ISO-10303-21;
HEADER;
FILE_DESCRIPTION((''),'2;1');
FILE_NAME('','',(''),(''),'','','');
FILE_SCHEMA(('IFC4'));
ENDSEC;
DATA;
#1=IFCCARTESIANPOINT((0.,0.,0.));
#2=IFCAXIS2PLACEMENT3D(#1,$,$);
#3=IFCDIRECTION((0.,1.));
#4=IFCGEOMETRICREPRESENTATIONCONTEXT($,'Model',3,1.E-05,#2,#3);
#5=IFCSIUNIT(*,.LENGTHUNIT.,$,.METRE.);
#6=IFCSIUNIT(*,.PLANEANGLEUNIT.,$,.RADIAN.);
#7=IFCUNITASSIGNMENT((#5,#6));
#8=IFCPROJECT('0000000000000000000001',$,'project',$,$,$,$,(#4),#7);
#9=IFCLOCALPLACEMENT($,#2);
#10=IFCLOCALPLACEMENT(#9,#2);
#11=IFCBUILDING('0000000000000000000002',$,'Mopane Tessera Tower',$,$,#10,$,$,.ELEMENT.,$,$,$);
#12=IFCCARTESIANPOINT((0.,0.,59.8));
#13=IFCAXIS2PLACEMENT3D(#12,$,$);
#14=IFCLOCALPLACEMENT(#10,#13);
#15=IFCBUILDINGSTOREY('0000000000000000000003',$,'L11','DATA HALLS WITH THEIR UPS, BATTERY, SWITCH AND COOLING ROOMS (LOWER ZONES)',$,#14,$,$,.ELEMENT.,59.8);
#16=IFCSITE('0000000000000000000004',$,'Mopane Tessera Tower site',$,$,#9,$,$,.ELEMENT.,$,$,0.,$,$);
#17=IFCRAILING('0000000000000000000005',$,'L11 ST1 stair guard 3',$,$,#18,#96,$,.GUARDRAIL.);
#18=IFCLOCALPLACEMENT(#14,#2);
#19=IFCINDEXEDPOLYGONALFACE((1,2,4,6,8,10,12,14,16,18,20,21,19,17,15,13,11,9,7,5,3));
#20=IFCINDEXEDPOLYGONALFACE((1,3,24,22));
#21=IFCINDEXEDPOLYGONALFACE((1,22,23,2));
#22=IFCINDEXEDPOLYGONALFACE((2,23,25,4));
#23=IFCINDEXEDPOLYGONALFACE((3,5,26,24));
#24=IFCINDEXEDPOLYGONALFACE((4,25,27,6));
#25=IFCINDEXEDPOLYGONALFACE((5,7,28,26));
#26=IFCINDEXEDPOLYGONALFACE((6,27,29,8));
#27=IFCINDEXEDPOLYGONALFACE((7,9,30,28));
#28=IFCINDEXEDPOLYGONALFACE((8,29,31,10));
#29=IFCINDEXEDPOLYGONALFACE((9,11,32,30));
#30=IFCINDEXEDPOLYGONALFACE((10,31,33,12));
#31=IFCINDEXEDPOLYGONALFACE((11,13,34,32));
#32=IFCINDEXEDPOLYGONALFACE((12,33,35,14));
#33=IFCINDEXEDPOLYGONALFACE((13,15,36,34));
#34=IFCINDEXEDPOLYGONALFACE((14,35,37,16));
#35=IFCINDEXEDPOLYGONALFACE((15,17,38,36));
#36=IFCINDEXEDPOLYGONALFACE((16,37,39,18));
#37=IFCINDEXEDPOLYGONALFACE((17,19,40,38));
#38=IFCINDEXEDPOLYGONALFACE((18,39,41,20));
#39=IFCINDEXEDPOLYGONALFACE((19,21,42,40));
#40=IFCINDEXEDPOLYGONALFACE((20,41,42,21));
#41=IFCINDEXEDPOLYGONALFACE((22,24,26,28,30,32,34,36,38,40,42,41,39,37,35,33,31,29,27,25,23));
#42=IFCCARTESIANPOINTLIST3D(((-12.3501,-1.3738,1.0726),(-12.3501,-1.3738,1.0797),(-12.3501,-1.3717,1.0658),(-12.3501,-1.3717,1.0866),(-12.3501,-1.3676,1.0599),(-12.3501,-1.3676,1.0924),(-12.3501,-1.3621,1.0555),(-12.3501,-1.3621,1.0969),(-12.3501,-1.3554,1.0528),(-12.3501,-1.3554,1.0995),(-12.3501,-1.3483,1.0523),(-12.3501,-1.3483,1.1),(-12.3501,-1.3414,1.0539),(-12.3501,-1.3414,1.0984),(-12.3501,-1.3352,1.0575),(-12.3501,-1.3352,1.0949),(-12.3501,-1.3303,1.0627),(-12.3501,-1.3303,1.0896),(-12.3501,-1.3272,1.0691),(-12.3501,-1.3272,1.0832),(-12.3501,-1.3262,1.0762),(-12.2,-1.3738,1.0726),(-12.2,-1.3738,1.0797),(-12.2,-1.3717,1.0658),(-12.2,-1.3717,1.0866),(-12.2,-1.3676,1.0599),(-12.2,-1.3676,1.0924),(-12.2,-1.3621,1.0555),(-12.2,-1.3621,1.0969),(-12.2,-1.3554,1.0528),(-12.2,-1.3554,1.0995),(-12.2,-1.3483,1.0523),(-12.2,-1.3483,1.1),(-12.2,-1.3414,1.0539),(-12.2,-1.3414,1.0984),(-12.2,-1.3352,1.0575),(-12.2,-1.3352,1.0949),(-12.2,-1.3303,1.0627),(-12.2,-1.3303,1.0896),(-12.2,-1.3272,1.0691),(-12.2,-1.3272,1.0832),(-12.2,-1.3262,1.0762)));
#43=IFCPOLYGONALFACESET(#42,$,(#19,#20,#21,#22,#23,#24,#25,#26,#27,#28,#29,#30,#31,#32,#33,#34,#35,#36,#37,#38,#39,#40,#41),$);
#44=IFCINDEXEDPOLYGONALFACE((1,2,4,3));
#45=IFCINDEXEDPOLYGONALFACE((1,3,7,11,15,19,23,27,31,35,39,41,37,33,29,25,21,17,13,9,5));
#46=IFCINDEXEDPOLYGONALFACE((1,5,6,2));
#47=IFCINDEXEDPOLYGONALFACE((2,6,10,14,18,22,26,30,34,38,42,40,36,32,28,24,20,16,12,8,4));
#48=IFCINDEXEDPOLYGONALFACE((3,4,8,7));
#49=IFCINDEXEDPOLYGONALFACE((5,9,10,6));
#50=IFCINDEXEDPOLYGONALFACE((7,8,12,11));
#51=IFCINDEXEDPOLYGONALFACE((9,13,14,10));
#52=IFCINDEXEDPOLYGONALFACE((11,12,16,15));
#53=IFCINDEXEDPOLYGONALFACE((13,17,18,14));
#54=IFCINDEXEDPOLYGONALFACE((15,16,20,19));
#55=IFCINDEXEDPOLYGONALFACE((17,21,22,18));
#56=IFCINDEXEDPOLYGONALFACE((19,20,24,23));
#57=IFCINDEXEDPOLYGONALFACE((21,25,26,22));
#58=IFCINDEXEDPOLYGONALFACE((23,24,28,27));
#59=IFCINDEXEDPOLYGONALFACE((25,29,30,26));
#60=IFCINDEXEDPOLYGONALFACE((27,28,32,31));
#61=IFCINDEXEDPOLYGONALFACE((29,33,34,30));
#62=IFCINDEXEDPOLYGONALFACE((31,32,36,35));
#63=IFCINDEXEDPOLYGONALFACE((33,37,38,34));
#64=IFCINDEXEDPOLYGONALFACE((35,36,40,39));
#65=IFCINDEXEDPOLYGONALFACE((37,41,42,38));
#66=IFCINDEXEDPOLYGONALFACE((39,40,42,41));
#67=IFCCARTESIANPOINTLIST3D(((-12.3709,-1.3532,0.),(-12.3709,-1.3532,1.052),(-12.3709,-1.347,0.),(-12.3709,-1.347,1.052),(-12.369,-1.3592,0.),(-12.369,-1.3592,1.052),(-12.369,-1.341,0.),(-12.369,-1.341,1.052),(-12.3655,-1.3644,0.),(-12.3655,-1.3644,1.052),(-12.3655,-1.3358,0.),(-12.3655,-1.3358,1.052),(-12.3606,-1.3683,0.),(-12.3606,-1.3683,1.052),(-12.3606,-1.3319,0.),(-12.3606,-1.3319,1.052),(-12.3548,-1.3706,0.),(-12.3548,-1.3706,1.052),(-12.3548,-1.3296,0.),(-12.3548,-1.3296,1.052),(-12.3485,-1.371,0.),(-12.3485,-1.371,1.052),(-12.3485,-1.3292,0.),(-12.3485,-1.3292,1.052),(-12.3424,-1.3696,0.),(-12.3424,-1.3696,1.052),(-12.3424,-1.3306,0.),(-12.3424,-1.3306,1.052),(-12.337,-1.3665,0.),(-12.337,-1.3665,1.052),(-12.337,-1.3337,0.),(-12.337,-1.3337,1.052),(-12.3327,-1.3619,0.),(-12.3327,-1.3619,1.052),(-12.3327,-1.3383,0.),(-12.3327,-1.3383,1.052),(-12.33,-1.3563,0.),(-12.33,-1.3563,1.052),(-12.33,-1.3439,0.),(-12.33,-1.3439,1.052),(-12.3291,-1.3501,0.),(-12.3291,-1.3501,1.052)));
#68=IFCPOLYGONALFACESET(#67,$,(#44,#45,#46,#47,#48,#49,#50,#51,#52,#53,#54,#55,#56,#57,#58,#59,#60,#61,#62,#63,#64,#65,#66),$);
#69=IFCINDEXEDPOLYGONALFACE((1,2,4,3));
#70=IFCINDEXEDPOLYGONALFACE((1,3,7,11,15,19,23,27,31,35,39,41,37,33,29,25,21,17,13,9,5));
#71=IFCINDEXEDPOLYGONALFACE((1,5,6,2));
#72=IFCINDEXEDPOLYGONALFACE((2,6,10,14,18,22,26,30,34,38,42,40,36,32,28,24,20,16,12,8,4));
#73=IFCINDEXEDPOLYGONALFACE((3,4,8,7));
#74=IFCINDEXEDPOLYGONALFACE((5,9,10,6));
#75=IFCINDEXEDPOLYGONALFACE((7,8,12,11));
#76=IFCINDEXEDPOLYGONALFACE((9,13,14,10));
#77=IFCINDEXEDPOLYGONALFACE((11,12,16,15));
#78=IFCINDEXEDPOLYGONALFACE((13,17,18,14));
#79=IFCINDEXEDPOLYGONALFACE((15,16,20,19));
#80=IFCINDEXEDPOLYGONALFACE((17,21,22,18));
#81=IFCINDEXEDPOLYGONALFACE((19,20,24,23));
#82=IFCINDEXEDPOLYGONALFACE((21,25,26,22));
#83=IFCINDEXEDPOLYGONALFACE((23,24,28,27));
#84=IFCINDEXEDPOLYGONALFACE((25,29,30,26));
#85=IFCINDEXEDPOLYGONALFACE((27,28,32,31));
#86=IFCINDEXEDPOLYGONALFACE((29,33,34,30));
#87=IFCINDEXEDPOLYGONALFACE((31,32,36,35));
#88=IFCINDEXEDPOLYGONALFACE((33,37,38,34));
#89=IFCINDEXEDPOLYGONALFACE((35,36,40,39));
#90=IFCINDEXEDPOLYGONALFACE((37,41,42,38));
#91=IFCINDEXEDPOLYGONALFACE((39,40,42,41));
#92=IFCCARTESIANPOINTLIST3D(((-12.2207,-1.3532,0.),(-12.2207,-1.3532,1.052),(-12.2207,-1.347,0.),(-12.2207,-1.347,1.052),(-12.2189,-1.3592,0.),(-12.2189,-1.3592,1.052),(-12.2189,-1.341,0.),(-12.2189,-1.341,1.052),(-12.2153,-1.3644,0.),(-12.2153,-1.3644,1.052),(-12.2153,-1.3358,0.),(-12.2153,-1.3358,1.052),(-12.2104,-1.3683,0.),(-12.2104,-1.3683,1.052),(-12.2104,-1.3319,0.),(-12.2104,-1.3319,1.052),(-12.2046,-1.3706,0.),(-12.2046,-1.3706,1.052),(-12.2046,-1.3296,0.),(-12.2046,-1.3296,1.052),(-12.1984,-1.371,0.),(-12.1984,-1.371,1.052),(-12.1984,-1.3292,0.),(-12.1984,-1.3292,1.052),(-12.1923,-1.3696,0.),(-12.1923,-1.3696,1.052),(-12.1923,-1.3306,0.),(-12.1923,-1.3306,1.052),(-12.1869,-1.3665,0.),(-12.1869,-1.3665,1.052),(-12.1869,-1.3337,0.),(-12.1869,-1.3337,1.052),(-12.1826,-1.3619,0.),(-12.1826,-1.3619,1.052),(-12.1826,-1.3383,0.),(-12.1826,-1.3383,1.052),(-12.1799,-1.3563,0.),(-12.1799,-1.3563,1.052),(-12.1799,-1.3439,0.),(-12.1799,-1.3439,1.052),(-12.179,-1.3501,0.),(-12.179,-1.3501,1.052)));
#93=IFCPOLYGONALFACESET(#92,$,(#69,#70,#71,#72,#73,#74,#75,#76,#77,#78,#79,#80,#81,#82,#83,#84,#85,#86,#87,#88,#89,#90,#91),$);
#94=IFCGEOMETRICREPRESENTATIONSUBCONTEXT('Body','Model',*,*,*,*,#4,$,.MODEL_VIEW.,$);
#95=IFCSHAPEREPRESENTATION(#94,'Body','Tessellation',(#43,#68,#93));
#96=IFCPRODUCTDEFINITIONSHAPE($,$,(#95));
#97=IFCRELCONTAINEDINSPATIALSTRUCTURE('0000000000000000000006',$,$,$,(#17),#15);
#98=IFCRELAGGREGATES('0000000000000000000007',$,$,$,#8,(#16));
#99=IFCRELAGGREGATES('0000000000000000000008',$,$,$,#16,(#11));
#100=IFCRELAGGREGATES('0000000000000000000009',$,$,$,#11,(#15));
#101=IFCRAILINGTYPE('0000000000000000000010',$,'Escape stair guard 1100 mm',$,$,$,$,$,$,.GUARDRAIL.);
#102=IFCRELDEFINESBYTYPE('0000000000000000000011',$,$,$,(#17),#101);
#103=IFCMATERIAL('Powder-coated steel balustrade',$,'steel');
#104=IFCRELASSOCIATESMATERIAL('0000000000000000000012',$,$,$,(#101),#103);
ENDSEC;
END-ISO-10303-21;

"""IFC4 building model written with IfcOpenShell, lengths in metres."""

from ifc_helpers import new_model, si_unit, direction, frame, origin, origin_2d, place, context, subcontext, project, spatial, circle, extrude, material, type_object, element, save


model = new_model("IFC4")

# Units and contexts
model_context = context("Model", 3, precision=1e-05, world=origin(), true_north=direction((0.0, 1.0)))
body_context = subcontext(model_context, "Body", "Model", "MODEL_VIEW")
ifc_project = project(units=[si_unit("LENGTHUNIT", "METRE"), si_unit("PLANEANGLEUNIT", "RADIAN")], contexts=[model_context])

# Site, building, storey
site_placement = place(None, origin())
site = spatial("IfcSite", under=ifc_project, at=site_placement, Name="Mopane Tessera Tower site", CompositionType="ELEMENT", RefElevation=0.0)
building_placement = place(site_placement, origin())
building = spatial("IfcBuilding", under=site, at=building_placement, Name="Mopane Tessera Tower", CompositionType="ELEMENT")
storey_placement = place(building_placement, frame((0.0, 0.0, 59.8)))
storey = spatial("IfcBuildingStorey", under=building, at=storey_placement, Name="L11", Description="DATA HALLS WITH THEIR UPS, BATTERY, SWITCH AND COOLING ROOMS (LOWER ZONES)", CompositionType="ELEMENT", Elevation=59.8)

# Railing
ifc_material_1 = material(Name="Powder-coated steel balustrade", Category="steel")
railing_type_1 = type_object("IfcRailingType", Name="Escape stair guard 1100 mm", PredefinedType="GUARDRAIL", material=ifc_material_1)
railing_1_placement = place(storey_placement, frame((-12.3501, -1.3501, 0.0)))
element("IfcRailing", 1, at=railing_1_placement, inside=storey, type_object=railing_type_1, Name="L11 ST1 stair guard 3", PredefinedType="GUARDRAIL", context=body_context, shape_type="SweptSolid", body=[
    extrude(circle(Radius=0.0239, at=origin_2d()), frame((0.0, 0.0, 1.0762), z_axis=(1.0, 0.0, 0.0), x_axis=(0.0, 1.0, 0.0)), (0.0, 0.0, 1.0), 0.1501),
    extrude(circle(Radius=0.021, at=origin_2d()), origin(), (0.0, 0.0, 1.0), 1.052),
    extrude(circle(Radius=0.021, at=origin_2d()), frame((0.1501, 0.0, 0.0)), (0.0, 0.0, 1.0), 1.052),
])

save(model, "model.ifc")
